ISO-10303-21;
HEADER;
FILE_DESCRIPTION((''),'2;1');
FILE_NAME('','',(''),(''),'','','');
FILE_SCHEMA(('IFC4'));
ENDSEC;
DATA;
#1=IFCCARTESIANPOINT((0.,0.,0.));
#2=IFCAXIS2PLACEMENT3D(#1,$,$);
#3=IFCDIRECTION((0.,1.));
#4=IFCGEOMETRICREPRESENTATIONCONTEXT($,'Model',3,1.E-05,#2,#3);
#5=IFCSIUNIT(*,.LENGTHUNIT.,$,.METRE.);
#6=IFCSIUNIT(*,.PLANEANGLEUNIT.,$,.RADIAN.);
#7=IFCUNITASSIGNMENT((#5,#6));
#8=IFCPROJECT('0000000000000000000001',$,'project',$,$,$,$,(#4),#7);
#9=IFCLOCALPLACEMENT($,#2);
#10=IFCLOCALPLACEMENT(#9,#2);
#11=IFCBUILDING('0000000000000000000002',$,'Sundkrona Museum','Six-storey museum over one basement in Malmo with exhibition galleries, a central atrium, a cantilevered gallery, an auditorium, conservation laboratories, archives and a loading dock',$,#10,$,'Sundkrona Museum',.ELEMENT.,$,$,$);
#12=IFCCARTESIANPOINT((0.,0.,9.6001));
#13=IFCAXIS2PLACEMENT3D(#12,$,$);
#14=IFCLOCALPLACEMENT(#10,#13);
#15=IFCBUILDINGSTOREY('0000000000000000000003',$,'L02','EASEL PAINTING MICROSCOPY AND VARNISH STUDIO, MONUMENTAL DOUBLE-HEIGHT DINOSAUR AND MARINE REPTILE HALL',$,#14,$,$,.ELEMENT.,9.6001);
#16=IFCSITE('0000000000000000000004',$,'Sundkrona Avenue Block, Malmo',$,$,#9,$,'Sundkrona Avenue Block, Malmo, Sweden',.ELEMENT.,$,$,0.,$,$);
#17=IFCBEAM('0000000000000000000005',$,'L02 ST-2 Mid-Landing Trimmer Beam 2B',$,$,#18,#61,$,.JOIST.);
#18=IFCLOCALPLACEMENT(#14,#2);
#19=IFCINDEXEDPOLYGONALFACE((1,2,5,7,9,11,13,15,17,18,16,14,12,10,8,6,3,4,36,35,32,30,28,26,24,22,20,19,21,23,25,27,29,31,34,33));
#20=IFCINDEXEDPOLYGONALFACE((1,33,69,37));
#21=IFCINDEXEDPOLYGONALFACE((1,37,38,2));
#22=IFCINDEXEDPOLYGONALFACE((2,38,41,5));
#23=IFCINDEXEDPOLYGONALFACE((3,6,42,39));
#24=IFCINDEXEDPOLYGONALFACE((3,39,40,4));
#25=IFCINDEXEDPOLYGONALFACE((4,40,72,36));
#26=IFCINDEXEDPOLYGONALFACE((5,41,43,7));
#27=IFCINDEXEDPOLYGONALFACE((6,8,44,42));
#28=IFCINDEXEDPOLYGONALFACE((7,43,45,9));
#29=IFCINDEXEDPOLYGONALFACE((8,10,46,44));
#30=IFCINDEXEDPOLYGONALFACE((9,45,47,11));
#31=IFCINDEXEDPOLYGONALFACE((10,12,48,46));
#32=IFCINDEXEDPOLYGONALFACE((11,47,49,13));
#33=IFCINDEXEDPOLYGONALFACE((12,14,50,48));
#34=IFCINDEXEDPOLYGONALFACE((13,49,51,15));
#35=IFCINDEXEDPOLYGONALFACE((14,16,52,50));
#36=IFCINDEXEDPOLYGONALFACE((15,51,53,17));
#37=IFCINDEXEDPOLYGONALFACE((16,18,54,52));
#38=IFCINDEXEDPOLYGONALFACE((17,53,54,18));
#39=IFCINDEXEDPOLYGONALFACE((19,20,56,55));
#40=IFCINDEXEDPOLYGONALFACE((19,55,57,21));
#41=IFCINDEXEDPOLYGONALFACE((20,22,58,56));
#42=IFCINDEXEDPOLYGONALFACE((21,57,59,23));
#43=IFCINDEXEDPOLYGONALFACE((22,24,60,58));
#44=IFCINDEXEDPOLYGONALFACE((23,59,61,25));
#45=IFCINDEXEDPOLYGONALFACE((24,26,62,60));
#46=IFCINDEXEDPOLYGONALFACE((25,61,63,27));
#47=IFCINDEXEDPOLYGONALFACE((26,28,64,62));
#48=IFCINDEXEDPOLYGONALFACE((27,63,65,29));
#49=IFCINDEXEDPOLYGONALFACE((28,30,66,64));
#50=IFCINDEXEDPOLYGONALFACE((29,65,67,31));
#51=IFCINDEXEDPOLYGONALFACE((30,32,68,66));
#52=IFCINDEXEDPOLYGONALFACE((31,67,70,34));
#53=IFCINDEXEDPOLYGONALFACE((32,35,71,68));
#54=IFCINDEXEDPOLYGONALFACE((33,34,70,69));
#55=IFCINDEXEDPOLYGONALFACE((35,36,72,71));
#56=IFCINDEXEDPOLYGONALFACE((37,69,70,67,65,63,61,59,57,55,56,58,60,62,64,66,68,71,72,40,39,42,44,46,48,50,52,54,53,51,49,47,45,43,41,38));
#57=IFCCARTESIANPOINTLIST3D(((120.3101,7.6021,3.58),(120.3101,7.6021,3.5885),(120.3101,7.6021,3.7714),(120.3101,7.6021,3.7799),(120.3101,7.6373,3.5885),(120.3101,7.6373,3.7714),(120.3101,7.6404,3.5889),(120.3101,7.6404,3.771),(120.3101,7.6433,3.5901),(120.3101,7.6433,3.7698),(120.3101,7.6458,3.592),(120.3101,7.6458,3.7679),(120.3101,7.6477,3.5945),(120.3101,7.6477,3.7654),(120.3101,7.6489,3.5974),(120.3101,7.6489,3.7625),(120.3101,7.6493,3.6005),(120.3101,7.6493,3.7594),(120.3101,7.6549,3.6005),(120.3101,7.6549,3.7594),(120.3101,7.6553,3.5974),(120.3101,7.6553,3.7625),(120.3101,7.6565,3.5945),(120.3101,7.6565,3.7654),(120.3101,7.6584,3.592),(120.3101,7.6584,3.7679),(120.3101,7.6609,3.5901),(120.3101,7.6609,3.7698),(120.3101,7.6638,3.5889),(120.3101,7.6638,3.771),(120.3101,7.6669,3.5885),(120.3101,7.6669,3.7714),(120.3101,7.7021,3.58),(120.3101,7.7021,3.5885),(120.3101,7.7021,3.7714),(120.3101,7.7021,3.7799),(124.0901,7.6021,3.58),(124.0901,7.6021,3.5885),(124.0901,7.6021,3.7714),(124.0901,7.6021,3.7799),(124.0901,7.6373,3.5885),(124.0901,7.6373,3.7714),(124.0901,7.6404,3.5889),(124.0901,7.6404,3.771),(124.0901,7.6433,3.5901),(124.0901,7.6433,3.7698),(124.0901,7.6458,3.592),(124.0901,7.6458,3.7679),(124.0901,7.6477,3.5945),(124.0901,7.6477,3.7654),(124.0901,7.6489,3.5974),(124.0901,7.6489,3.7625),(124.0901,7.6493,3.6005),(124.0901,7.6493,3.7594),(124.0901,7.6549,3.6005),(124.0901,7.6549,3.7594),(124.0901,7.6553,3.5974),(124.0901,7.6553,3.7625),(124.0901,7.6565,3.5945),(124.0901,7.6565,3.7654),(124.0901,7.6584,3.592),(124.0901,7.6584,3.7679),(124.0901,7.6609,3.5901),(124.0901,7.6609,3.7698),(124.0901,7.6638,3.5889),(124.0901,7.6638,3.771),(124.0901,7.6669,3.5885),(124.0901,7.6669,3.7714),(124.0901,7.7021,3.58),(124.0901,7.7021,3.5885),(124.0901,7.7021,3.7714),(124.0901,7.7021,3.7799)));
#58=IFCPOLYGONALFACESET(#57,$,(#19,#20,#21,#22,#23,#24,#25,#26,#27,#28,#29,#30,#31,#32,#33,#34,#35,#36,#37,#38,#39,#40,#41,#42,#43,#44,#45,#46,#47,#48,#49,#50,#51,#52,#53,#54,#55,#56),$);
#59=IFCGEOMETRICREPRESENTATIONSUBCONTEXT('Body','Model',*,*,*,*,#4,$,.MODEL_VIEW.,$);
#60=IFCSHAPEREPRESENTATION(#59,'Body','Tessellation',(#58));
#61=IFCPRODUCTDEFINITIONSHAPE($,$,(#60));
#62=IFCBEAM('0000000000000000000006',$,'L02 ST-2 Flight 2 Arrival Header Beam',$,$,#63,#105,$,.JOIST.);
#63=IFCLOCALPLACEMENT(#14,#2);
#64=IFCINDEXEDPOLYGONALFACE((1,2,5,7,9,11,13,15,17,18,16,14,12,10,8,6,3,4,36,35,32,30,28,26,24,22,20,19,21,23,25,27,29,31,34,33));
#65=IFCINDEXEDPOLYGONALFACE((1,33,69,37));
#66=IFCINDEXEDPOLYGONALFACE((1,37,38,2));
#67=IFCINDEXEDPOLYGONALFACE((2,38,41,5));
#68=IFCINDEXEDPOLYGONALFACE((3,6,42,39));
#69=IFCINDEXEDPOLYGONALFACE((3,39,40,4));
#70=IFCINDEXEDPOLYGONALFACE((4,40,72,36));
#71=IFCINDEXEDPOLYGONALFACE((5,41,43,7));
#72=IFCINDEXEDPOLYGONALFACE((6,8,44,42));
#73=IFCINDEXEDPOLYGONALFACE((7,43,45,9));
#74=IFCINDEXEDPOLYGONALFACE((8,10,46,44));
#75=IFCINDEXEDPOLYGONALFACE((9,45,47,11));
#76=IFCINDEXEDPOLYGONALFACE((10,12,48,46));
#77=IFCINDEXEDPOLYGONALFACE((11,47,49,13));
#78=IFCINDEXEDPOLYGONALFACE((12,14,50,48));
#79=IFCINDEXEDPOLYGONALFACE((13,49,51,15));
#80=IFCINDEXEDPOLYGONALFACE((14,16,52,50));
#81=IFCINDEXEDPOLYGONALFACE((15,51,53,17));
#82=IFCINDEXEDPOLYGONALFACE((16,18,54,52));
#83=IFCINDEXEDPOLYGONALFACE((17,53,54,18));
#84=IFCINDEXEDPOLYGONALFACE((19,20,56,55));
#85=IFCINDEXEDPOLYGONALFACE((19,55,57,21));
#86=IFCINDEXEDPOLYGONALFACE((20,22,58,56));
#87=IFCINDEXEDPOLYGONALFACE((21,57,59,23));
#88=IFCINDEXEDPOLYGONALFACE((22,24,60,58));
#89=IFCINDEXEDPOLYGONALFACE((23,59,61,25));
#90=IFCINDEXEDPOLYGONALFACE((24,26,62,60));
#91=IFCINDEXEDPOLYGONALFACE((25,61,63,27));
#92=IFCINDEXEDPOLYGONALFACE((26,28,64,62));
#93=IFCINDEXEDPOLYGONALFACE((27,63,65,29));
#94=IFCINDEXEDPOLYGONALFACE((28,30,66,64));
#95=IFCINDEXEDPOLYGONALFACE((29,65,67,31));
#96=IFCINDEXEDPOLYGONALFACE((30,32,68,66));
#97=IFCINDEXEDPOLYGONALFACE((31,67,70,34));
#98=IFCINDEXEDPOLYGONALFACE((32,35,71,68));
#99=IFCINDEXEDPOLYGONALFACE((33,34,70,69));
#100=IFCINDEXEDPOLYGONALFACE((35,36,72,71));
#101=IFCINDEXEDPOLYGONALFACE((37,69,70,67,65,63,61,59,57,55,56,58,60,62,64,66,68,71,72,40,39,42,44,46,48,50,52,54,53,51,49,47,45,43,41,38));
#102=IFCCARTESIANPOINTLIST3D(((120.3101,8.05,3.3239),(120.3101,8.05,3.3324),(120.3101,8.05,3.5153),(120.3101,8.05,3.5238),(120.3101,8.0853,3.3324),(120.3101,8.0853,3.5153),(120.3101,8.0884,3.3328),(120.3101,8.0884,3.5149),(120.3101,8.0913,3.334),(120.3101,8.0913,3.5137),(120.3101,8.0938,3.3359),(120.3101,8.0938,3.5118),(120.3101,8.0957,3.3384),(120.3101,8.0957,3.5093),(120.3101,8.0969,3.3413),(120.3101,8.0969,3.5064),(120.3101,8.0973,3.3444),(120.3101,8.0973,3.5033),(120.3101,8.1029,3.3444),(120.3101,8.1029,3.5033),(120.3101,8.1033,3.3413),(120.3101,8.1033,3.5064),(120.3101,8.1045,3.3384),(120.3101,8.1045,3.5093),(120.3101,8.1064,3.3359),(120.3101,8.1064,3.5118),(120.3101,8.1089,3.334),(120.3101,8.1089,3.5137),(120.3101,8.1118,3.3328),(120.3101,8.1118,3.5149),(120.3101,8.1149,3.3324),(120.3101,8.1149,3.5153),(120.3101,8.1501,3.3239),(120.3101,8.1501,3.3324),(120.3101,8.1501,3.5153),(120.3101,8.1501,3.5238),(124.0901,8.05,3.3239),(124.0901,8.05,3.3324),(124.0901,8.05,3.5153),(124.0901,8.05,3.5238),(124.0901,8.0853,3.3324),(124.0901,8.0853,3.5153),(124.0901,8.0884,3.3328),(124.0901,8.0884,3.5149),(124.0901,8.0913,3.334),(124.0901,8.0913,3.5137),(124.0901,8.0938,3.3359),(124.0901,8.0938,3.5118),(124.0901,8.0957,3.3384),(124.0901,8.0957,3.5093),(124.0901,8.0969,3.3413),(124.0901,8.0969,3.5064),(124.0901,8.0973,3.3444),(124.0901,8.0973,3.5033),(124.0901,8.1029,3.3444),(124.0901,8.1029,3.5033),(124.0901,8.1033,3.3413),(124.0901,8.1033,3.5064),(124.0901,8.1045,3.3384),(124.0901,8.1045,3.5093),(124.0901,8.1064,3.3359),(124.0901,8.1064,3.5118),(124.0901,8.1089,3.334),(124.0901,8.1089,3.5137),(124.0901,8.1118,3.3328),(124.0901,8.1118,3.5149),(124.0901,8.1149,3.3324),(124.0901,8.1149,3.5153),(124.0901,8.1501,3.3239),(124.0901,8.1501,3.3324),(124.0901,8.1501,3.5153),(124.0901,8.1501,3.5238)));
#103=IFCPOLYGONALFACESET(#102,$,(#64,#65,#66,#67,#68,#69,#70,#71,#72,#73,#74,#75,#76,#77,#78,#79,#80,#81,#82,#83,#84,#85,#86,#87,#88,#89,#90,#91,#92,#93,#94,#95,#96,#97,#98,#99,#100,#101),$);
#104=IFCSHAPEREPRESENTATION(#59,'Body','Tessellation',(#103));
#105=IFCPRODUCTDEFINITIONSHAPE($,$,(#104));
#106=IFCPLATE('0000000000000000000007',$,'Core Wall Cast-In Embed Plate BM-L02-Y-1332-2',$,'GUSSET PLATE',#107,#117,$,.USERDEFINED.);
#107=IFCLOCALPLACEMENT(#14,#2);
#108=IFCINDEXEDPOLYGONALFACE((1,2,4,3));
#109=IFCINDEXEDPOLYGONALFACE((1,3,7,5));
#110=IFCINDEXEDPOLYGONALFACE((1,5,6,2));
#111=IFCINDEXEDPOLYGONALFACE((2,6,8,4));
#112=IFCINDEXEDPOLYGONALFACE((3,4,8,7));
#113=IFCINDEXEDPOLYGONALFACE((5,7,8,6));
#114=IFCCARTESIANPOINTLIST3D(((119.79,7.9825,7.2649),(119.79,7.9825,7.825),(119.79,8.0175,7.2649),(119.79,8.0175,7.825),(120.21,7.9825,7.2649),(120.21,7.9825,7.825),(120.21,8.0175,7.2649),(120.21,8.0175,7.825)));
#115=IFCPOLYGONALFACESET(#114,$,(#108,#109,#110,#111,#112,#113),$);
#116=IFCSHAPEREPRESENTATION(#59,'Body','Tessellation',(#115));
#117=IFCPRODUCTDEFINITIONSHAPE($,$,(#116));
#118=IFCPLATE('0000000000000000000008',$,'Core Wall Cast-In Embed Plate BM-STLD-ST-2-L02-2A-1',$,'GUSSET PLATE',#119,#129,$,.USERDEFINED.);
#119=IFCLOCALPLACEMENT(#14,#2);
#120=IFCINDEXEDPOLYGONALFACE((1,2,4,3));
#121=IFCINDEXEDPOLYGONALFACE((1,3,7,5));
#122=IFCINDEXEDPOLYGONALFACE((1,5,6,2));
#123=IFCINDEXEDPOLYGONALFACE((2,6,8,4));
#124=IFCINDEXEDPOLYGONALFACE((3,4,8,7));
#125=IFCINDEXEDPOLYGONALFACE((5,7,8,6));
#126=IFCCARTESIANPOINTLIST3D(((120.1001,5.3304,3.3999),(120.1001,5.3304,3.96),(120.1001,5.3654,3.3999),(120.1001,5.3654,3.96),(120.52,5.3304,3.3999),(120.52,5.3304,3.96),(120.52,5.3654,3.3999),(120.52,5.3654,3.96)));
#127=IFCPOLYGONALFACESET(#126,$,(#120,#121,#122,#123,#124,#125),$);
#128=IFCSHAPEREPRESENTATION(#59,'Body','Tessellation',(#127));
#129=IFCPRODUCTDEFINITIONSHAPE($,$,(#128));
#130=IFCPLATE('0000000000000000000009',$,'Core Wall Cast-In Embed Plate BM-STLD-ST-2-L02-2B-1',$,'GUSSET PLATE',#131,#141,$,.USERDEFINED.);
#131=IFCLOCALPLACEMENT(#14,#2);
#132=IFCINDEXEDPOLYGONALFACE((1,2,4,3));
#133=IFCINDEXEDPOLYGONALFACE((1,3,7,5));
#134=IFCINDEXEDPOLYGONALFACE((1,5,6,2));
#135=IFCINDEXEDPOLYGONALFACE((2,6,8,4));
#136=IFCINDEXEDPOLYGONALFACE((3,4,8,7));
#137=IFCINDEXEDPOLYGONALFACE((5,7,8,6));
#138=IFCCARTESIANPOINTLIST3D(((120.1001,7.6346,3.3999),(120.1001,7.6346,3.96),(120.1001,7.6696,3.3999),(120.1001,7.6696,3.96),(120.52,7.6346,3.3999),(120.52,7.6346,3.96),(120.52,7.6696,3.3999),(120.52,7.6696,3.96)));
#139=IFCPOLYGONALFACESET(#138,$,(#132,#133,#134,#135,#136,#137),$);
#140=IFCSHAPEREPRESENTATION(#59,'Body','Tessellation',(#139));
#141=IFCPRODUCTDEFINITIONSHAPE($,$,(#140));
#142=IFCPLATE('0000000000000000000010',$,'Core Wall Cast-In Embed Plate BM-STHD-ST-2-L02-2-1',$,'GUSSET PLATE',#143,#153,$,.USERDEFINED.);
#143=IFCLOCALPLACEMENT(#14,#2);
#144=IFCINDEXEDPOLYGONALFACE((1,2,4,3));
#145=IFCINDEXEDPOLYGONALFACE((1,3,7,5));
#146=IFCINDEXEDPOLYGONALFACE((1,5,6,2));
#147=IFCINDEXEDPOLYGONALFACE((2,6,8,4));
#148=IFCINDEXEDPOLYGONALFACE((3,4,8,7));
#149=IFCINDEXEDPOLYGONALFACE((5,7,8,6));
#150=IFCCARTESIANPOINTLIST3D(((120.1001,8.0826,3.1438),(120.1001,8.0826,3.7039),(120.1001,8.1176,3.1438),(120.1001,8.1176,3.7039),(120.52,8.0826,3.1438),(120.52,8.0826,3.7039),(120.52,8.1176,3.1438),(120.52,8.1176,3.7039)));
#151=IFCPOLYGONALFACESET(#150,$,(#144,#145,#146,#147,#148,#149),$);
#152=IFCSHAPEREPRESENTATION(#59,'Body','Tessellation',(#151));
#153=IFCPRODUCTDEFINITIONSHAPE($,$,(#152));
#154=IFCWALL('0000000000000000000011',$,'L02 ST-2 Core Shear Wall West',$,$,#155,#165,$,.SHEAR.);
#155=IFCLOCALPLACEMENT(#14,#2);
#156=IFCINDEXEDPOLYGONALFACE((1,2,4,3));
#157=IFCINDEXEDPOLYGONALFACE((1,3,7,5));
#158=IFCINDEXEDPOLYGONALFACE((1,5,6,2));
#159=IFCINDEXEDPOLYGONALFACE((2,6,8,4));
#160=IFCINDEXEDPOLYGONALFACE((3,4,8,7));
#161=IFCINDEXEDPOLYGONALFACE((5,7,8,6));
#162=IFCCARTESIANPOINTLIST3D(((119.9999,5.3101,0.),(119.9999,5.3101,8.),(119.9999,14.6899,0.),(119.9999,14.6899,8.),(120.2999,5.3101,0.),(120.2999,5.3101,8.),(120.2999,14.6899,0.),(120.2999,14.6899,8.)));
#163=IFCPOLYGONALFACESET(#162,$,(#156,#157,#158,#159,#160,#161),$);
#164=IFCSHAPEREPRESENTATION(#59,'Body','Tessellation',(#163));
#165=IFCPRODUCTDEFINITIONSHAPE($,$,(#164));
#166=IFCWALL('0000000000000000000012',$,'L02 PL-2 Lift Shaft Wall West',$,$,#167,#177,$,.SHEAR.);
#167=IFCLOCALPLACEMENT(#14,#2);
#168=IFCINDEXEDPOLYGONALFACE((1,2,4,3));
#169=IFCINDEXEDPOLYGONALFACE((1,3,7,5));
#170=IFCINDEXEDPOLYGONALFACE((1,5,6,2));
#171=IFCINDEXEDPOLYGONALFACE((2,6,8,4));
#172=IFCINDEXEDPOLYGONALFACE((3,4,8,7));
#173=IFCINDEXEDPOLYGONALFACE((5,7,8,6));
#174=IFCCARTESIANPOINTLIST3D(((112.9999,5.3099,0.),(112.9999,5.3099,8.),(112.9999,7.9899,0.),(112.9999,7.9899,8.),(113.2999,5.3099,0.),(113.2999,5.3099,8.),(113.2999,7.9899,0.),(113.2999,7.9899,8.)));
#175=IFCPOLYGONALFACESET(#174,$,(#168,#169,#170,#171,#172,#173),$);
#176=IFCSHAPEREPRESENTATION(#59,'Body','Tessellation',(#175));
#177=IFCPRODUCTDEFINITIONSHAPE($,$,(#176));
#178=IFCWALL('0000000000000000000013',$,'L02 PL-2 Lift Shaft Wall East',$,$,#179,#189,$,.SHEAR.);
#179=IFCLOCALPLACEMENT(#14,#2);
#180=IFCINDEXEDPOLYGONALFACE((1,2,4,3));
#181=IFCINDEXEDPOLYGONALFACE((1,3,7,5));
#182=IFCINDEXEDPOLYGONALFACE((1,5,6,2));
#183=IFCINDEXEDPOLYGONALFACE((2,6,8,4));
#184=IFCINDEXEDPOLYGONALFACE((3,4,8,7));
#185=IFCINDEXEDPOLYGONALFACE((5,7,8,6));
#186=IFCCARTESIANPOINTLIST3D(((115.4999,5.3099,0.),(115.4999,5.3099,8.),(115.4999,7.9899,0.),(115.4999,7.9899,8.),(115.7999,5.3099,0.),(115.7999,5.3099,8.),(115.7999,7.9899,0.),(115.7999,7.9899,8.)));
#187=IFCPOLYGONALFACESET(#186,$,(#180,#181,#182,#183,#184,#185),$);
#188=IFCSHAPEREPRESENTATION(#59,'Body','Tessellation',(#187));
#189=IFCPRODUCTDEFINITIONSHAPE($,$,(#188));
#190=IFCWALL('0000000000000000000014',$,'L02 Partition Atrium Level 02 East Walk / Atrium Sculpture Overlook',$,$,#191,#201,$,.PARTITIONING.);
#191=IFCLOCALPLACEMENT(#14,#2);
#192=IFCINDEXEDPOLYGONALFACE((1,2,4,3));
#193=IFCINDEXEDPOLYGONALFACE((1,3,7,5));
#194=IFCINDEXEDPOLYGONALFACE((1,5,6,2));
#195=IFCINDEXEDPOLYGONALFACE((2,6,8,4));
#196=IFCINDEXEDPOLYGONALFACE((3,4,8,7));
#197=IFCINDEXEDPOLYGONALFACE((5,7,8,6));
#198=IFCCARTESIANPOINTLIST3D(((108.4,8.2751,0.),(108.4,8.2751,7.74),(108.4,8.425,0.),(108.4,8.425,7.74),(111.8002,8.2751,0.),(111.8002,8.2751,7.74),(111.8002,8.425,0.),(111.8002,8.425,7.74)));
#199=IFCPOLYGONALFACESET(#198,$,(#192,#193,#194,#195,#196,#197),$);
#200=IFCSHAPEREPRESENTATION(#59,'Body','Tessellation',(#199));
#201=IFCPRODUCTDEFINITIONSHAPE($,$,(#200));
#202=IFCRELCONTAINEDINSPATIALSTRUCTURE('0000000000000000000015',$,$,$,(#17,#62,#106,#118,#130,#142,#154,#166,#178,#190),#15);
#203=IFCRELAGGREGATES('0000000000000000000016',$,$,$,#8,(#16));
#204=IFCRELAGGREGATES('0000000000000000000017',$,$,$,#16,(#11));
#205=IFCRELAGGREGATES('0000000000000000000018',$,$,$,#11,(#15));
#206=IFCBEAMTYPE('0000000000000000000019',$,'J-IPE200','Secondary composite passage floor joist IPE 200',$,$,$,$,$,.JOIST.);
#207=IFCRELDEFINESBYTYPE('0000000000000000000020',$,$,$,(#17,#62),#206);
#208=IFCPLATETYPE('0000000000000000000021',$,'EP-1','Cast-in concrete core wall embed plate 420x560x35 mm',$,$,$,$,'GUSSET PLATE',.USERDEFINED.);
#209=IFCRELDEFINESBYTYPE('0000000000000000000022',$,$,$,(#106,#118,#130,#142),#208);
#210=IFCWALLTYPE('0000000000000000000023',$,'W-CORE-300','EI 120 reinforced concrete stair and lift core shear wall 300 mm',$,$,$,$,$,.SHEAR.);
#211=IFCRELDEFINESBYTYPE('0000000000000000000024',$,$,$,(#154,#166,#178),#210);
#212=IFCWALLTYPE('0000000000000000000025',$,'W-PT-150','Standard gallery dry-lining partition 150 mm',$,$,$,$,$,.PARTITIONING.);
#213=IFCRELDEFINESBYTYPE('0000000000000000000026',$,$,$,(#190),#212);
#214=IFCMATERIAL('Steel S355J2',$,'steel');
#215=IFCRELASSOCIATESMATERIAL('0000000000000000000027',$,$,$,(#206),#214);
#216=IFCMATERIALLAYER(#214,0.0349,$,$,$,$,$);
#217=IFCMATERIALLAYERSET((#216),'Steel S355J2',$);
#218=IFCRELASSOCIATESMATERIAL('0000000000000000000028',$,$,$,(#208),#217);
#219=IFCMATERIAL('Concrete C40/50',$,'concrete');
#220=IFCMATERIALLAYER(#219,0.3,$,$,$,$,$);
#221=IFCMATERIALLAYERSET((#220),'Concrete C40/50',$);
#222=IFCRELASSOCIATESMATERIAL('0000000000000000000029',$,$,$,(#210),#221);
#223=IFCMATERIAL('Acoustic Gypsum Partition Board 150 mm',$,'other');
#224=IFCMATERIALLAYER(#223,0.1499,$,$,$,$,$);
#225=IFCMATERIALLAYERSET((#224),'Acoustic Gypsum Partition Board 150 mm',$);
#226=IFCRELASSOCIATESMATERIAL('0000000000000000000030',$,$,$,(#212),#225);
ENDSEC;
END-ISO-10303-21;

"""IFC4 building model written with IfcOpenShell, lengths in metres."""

from ifc_helpers import new_model, si_unit, direction, frame, frame_2d, origin, origin_2d, place, context, subcontext, project, spatial, rectangle, i_section, extrude, material, layer, layer_set, material_profile, profile_set, type_object, element, save


model = new_model("IFC4")

# Units and contexts
model_context = context("Model", 3, precision=1e-05, world=origin(), true_north=direction((0.0, 1.0)))
body_context = subcontext(model_context, "Body", "Model", "MODEL_VIEW")
ifc_project = project(units=[si_unit("LENGTHUNIT", "METRE"), si_unit("PLANEANGLEUNIT", "RADIAN")], contexts=[model_context])

# Site, building, storey
site_placement = place(None, origin())
site = spatial("IfcSite", under=ifc_project, at=site_placement, Name="Sundkrona Avenue Block, Malmo", LongName="Sundkrona Avenue Block, Malmo, Sweden", CompositionType="ELEMENT", RefElevation=0.0)
building_placement = place(site_placement, origin())
building = spatial("IfcBuilding", under=site, at=building_placement, Name="Sundkrona Museum", Description="Six-storey museum over one basement in Malmo with exhibition galleries, a central atrium, a cantilevered gallery, an auditorium, conservation laboratories, archives and a loading dock", LongName="Sundkrona Museum", CompositionType="ELEMENT")
storey_placement = place(building_placement, frame((0.0, 0.0, 9.6001)))
storey = spatial("IfcBuildingStorey", under=building, at=storey_placement, Name="L02", Description="EASEL PAINTING MICROSCOPY AND VARNISH STUDIO, MONUMENTAL DOUBLE-HEIGHT DINOSAUR AND MARINE REPTILE HALL", CompositionType="ELEMENT", Elevation=9.6001)

# Shared definitions
ifc_material_1 = material(Name="Steel S355J2", Category="steel")

# Beams
ifc_material_profile_1 = material_profile(ifc_material_1, i_section(OverallWidth=0.1001, OverallDepth=0.2, WebThickness=0.0056, FlangeThickness=0.0085, FilletRadius=0.012, at=origin_2d()), Name="IPE 200")
ifc_profile_set_1 = profile_set([ifc_material_profile_1], Name="Steel S355J2")
beam_type_1 = type_object("IfcBeamType", Name="J-IPE200", Description="Secondary composite passage floor joist IPE 200", PredefinedType="JOIST", material=ifc_profile_set_1)
for number, where, z_axis, x_axis, name in (
    (1, (120.3101, 7.6521, 3.6799), (1.0, 0.0, 0.0), (0.0, 1.0, 0.0), "L02 ST-2 Mid-Landing Trimmer Beam 2B"),
    (2, (120.3101, 8.1001, 3.4238), (1.0, 0.0, 0.0), (0.0, 1.0, 0.0), "L02 ST-2 Flight 2 Arrival Header Beam"),
):
    element("IfcBeam", number, at=place(storey_placement, frame(where, z_axis=z_axis, x_axis=x_axis)), inside=storey, type_object=beam_type_1, Name=name, PredefinedType="JOIST", context=body_context, shape_type="SweptSolid", body=[
        extrude(i_section(OverallWidth=0.1001, OverallDepth=0.2, WebThickness=0.0056, FlangeThickness=0.0085, FilletRadius=0.012, at=origin_2d()), origin(), (0.0, 0.0, 1.0), 3.78),
    ])

# Plates
ifc_layer_1 = layer(ifc_material_1, 0.0349)
ifc_layer_set_1 = layer_set([ifc_layer_1], Name="Steel S355J2")
plate_type = type_object("IfcPlateType", Name="EP-1", Description="Cast-in concrete core wall embed plate 420x560x35 mm", ElementType="GUSSET PLATE", PredefinedType="USERDEFINED", material=ifc_layer_set_1)
for number, where, z_axis, x_axis, name in (
    (3, (120.0, 8.0, 7.2649), (0.0, 0.0, 1.0), (1.0, 0.0, 0.0), "Core Wall Cast-In Embed Plate BM-L02-Y-1332-2"),
    (4, (120.3101, 5.3479, 3.3999), (0.0, 0.0, 1.0), (1.0, 0.0, 0.0), "Core Wall Cast-In Embed Plate BM-STLD-ST-2-L02-2A-1"),
    (5, (120.3101, 7.6521, 3.3999), (0.0, 0.0, 1.0), (1.0, 0.0, 0.0), "Core Wall Cast-In Embed Plate BM-STLD-ST-2-L02-2B-1"),
    (6, (120.3101, 8.1001, 3.1438), (0.0, 0.0, 1.0), (1.0, 0.0, 0.0), "Core Wall Cast-In Embed Plate BM-STHD-ST-2-L02-2-1"),
):
    element("IfcPlate", number, at=place(storey_placement, frame(where, z_axis=z_axis, x_axis=x_axis)), inside=storey, type_object=plate_type, Name=name, ObjectType="GUSSET PLATE", PredefinedType="USERDEFINED", context=body_context, shape_type="SweptSolid", body=[
        extrude(rectangle(XDim=0.4199, YDim=0.0349, at=origin_2d()), origin(), (0.0, 0.0, 1.0), 0.5601),
    ])

# Wall
ifc_material_2 = material(Name="Concrete C40/50", Category="concrete")
ifc_layer_2 = layer(ifc_material_2, 0.3)
ifc_layer_set_2 = layer_set([ifc_layer_2], Name="Concrete C40/50")
wall_type_1 = type_object("IfcWallType", Name="W-CORE-300", Description="EI 120 reinforced concrete stair and lift core shear wall 300 mm", PredefinedType="SHEAR", material=ifc_layer_set_2)
wall_1_placement = place(storey_placement, frame((120.1499, 5.3101, 0.0), z_axis=(0.0, 0.0, 1.0), x_axis=(0.0, 1.0, 0.0)))
element("IfcWall", 7, at=wall_1_placement, inside=storey, type_object=wall_type_1, Name="L02 ST-2 Core Shear Wall West", PredefinedType="SHEAR", context=body_context, shape_type="SweptSolid", body=[
    extrude(rectangle(XDim=9.3799, YDim=0.3, at=frame_2d((4.6899, 0.0))), origin(), (0.0, 0.0, 1.0), 8.0),
])

# Walls
for number, where, z_axis, x_axis, name in (
    (8, (113.1499, 5.3101, 0.0), (0.0, 0.0, 1.0), (0.0, 1.0, 0.0), "L02 PL-2 Lift Shaft Wall West"),
    (9, (115.6499, 5.3101, 0.0), (0.0, 0.0, 1.0), (0.0, 1.0, 0.0), "L02 PL-2 Lift Shaft Wall East"),
):
    element("IfcWall", number, at=place(storey_placement, frame(where, z_axis=z_axis, x_axis=x_axis)), inside=storey, type_object=wall_type_1, Name=name, PredefinedType="SHEAR", context=body_context, shape_type="SweptSolid", body=[
        extrude(rectangle(XDim=2.6799, YDim=0.3, at=frame_2d((1.3398, 0.0))), origin(), (0.0, 0.0, 1.0), 8.0),
    ])
ifc_material_3 = material(Name="Acoustic Gypsum Partition Board 150 mm", Category="other")
ifc_layer_3 = layer(ifc_material_3, 0.1499)
ifc_layer_set_3 = layer_set([ifc_layer_3], Name="Acoustic Gypsum Partition Board 150 mm")
wall_type_2 = type_object("IfcWallType", Name="W-PT-150", Description="Standard gallery dry-lining partition 150 mm", PredefinedType="PARTITIONING", material=ifc_layer_set_3)
wall_2_placement = place(storey_placement, frame((108.3999, 8.3501, 0.0), z_axis=(0.0, 0.0, 1.0), x_axis=(1.0, 0.0, 0.0)))
element("IfcWall", 10, at=wall_2_placement, inside=storey, type_object=wall_type_2, Name="L02 Partition Atrium Level 02 East Walk / Atrium Sculpture Overlook", PredefinedType="PARTITIONING", context=body_context, shape_type="SweptSolid", body=[
    extrude(rectangle(XDim=3.4001, YDim=0.1499, at=frame_2d((1.7002, 0.0))), origin(), (0.0, 0.0, 1.0), 7.74),
])

save(model, "model.ifc")
